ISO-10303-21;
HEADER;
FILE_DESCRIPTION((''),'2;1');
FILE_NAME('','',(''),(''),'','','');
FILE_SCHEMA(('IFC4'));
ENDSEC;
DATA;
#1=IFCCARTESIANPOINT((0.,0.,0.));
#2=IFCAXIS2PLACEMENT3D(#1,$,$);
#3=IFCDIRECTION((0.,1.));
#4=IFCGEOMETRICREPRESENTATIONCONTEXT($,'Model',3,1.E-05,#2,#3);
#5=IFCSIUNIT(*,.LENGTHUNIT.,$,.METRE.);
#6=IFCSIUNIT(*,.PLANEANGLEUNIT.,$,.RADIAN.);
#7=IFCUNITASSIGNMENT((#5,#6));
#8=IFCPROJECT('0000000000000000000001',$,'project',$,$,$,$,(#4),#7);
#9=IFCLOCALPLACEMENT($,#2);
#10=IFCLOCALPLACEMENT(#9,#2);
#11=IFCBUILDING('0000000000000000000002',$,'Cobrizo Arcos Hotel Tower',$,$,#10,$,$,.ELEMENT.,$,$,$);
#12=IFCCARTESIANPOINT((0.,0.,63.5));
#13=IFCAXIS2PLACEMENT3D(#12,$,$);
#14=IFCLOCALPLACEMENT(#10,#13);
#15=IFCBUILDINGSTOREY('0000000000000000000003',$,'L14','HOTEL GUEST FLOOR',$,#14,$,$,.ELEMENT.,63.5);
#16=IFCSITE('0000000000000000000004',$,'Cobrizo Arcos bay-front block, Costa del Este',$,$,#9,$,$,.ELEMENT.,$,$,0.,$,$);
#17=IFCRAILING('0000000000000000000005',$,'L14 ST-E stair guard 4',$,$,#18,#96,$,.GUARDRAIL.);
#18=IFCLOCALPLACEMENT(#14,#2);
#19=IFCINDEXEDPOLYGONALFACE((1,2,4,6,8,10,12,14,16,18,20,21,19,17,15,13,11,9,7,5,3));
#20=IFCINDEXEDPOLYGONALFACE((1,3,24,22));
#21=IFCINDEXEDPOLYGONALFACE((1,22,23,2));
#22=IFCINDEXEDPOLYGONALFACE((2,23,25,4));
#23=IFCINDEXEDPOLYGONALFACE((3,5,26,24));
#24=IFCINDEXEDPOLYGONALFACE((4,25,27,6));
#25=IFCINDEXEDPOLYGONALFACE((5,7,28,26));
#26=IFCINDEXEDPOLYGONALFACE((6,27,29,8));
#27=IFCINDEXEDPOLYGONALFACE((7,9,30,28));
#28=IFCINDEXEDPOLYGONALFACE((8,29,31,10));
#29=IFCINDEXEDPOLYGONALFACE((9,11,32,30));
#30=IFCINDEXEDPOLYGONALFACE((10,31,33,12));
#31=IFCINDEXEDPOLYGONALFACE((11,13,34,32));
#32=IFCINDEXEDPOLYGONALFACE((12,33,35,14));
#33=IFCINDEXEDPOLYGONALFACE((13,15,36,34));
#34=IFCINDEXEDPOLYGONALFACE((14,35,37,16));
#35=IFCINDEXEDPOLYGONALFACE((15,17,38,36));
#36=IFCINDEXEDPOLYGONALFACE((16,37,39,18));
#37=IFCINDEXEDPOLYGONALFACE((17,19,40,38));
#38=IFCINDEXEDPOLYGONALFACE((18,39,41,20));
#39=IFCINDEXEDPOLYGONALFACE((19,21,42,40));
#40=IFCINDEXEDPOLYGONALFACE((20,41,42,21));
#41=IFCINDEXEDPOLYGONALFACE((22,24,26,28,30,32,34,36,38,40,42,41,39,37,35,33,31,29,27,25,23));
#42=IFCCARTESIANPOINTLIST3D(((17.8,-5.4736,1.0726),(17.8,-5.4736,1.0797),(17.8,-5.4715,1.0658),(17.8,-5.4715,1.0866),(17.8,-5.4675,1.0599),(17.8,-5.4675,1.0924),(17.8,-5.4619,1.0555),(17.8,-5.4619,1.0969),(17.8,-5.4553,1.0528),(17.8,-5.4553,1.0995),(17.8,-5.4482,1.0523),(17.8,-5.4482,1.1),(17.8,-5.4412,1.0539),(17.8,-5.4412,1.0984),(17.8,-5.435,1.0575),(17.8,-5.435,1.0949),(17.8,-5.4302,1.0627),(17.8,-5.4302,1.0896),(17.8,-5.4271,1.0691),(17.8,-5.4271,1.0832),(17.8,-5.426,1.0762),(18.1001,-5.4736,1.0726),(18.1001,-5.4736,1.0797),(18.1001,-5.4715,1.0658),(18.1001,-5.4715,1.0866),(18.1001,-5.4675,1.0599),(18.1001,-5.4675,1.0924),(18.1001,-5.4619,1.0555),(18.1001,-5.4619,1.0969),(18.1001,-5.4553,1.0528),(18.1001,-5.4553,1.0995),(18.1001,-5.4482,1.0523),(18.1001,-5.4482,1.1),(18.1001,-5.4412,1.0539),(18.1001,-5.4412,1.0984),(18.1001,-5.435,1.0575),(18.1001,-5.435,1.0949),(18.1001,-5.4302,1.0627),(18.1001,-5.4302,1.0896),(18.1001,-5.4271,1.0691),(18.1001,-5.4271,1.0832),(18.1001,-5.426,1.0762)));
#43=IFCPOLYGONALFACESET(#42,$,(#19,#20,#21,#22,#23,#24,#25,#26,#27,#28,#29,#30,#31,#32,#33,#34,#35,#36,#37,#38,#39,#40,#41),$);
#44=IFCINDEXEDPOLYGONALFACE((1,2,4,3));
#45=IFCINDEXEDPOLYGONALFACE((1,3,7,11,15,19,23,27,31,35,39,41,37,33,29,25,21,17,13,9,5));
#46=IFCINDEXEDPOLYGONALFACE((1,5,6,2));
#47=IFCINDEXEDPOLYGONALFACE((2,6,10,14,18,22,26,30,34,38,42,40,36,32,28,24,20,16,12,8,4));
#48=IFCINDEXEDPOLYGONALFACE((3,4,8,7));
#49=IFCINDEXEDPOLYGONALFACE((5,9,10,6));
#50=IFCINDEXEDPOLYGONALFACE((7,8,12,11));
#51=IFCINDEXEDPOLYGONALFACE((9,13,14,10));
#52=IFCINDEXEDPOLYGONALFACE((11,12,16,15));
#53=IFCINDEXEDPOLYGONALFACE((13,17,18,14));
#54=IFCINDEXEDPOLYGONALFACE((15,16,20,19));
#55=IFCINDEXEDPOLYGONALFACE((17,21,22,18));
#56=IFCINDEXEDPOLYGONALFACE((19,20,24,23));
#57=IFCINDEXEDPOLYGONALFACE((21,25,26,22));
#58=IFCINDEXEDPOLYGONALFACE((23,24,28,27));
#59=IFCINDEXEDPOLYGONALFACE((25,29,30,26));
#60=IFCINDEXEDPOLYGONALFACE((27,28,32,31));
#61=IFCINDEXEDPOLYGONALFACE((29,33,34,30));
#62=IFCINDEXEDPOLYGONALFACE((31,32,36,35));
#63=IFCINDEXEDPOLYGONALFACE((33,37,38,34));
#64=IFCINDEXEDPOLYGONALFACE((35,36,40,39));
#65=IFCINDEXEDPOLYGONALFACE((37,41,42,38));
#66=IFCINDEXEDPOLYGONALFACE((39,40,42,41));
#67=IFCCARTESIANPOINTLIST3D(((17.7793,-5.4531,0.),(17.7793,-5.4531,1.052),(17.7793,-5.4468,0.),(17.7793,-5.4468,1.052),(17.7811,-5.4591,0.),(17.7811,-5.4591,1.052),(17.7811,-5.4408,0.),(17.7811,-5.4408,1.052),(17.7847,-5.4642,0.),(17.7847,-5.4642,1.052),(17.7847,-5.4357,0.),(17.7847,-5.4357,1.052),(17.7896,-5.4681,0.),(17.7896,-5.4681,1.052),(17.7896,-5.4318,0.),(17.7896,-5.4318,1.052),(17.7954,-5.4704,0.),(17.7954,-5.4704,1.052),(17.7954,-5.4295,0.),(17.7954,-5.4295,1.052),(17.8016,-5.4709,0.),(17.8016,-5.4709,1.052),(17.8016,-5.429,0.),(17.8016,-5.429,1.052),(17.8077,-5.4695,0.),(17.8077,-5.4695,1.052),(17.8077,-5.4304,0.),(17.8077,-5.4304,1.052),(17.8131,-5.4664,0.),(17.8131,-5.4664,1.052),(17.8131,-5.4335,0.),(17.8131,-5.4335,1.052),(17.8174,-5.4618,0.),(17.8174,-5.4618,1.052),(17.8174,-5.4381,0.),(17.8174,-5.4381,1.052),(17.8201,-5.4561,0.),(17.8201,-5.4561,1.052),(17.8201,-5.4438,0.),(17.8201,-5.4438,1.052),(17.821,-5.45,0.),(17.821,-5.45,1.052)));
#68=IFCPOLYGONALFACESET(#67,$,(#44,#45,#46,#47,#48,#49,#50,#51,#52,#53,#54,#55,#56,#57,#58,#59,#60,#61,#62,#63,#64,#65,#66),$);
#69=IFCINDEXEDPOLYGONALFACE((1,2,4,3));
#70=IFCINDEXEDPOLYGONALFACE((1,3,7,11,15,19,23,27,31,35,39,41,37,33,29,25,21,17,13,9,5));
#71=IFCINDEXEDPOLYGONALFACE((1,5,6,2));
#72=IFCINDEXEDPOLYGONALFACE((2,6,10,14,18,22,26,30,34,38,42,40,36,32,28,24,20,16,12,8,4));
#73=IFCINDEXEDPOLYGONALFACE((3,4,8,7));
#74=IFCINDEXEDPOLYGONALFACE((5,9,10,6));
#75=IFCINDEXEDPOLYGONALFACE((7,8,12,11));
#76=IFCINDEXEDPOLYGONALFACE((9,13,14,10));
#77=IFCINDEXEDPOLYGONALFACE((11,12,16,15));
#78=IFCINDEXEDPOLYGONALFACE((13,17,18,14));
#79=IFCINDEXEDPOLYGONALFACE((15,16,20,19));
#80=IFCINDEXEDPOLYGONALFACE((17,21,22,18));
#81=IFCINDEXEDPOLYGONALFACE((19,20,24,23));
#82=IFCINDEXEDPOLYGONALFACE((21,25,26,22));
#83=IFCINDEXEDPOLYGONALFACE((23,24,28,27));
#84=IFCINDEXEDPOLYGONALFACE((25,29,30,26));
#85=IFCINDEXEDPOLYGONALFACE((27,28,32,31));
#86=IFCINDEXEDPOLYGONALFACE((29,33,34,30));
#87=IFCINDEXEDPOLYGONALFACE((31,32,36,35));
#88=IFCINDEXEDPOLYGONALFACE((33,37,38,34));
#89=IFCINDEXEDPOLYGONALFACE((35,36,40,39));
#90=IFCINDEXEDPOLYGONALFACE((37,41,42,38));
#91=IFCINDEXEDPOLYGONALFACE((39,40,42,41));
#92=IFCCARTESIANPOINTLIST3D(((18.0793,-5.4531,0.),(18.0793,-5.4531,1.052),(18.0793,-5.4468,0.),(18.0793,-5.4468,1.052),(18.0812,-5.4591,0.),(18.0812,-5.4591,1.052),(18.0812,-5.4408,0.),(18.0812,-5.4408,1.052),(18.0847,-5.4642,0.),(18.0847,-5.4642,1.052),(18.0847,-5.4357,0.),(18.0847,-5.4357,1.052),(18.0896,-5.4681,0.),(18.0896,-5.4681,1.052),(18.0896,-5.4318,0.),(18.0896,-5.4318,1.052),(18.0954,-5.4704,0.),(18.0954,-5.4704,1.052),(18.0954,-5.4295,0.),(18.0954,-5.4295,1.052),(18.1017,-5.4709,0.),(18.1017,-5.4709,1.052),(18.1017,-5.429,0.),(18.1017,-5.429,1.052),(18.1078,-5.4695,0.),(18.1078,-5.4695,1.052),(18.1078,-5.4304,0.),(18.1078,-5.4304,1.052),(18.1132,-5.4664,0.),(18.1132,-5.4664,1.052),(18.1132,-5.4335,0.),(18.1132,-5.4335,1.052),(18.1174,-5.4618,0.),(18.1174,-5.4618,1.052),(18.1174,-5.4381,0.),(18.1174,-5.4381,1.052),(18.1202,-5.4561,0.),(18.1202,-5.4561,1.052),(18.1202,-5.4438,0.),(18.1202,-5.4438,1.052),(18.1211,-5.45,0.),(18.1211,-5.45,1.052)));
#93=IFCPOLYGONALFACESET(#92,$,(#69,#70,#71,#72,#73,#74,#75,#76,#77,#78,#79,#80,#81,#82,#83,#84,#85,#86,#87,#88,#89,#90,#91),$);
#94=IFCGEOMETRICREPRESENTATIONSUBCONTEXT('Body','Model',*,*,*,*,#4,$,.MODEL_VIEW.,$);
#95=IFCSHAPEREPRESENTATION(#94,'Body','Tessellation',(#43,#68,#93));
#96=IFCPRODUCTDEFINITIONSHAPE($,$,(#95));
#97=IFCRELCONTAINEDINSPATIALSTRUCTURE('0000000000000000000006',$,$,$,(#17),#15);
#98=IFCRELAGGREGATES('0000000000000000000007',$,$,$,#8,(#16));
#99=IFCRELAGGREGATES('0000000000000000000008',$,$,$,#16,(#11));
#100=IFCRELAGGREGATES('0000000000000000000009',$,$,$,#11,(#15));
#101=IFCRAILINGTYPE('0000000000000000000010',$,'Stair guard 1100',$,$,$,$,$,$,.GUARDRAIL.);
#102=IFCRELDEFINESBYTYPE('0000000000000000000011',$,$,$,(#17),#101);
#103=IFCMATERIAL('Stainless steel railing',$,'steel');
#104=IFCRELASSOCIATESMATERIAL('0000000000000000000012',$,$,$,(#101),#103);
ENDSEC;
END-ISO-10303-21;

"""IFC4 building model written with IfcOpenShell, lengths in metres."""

from ifc_helpers import new_model, si_unit, direction, frame, origin, origin_2d, place, context, subcontext, project, spatial, circle, extrude, material, type_object, element, save


model = new_model("IFC4")

# Units and contexts
model_context = context("Model", 3, precision=1e-05, world=origin(), true_north=direction((0.0, 1.0)))
body_context = subcontext(model_context, "Body", "Model", "MODEL_VIEW")
ifc_project = project(units=[si_unit("LENGTHUNIT", "METRE"), si_unit("PLANEANGLEUNIT", "RADIAN")], contexts=[model_context])

# Site, building, storey
site_placement = place(None, origin())
site = spatial("IfcSite", under=ifc_project, at=site_placement, Name="Cobrizo Arcos bay-front block, Costa del Este", CompositionType="ELEMENT", RefElevation=0.0)
building_placement = place(site_placement, origin())
building = spatial("IfcBuilding", under=site, at=building_placement, Name="Cobrizo Arcos Hotel Tower", CompositionType="ELEMENT")
storey_placement = place(building_placement, frame((0.0, 0.0, 63.5)))
storey = spatial("IfcBuildingStorey", under=building, at=storey_placement, Name="L14", Description="HOTEL GUEST FLOOR", CompositionType="ELEMENT", Elevation=63.5)

# Railing
ifc_material_1 = material(Name="Stainless steel railing", Category="steel")
railing_type_1 = type_object("IfcRailingType", Name="Stair guard 1100", PredefinedType="GUARDRAIL", material=ifc_material_1)
railing_1_placement = place(storey_placement, frame((17.8, -5.45, 0.0)))
element("IfcRailing", 1, at=railing_1_placement, inside=storey, type_object=railing_type_1, Name="L14 ST-E stair guard 4", PredefinedType="GUARDRAIL", context=body_context, shape_type="SweptSolid", body=[
    extrude(circle(Radius=0.0239, at=origin_2d()), frame((0.0, 0.0, 1.0762), z_axis=(1.0, 0.0, 0.0), x_axis=(0.0, 1.0, 0.0)), (0.0, 0.0, 1.0), 0.3),
    extrude(circle(Radius=0.021, at=origin_2d()), origin(), (0.0, 0.0, 1.0), 1.052),
    extrude(circle(Radius=0.021, at=origin_2d()), frame((0.3, 0.0, 0.0)), (0.0, 0.0, 1.0), 1.052),
])

save(model, "model.ifc")
